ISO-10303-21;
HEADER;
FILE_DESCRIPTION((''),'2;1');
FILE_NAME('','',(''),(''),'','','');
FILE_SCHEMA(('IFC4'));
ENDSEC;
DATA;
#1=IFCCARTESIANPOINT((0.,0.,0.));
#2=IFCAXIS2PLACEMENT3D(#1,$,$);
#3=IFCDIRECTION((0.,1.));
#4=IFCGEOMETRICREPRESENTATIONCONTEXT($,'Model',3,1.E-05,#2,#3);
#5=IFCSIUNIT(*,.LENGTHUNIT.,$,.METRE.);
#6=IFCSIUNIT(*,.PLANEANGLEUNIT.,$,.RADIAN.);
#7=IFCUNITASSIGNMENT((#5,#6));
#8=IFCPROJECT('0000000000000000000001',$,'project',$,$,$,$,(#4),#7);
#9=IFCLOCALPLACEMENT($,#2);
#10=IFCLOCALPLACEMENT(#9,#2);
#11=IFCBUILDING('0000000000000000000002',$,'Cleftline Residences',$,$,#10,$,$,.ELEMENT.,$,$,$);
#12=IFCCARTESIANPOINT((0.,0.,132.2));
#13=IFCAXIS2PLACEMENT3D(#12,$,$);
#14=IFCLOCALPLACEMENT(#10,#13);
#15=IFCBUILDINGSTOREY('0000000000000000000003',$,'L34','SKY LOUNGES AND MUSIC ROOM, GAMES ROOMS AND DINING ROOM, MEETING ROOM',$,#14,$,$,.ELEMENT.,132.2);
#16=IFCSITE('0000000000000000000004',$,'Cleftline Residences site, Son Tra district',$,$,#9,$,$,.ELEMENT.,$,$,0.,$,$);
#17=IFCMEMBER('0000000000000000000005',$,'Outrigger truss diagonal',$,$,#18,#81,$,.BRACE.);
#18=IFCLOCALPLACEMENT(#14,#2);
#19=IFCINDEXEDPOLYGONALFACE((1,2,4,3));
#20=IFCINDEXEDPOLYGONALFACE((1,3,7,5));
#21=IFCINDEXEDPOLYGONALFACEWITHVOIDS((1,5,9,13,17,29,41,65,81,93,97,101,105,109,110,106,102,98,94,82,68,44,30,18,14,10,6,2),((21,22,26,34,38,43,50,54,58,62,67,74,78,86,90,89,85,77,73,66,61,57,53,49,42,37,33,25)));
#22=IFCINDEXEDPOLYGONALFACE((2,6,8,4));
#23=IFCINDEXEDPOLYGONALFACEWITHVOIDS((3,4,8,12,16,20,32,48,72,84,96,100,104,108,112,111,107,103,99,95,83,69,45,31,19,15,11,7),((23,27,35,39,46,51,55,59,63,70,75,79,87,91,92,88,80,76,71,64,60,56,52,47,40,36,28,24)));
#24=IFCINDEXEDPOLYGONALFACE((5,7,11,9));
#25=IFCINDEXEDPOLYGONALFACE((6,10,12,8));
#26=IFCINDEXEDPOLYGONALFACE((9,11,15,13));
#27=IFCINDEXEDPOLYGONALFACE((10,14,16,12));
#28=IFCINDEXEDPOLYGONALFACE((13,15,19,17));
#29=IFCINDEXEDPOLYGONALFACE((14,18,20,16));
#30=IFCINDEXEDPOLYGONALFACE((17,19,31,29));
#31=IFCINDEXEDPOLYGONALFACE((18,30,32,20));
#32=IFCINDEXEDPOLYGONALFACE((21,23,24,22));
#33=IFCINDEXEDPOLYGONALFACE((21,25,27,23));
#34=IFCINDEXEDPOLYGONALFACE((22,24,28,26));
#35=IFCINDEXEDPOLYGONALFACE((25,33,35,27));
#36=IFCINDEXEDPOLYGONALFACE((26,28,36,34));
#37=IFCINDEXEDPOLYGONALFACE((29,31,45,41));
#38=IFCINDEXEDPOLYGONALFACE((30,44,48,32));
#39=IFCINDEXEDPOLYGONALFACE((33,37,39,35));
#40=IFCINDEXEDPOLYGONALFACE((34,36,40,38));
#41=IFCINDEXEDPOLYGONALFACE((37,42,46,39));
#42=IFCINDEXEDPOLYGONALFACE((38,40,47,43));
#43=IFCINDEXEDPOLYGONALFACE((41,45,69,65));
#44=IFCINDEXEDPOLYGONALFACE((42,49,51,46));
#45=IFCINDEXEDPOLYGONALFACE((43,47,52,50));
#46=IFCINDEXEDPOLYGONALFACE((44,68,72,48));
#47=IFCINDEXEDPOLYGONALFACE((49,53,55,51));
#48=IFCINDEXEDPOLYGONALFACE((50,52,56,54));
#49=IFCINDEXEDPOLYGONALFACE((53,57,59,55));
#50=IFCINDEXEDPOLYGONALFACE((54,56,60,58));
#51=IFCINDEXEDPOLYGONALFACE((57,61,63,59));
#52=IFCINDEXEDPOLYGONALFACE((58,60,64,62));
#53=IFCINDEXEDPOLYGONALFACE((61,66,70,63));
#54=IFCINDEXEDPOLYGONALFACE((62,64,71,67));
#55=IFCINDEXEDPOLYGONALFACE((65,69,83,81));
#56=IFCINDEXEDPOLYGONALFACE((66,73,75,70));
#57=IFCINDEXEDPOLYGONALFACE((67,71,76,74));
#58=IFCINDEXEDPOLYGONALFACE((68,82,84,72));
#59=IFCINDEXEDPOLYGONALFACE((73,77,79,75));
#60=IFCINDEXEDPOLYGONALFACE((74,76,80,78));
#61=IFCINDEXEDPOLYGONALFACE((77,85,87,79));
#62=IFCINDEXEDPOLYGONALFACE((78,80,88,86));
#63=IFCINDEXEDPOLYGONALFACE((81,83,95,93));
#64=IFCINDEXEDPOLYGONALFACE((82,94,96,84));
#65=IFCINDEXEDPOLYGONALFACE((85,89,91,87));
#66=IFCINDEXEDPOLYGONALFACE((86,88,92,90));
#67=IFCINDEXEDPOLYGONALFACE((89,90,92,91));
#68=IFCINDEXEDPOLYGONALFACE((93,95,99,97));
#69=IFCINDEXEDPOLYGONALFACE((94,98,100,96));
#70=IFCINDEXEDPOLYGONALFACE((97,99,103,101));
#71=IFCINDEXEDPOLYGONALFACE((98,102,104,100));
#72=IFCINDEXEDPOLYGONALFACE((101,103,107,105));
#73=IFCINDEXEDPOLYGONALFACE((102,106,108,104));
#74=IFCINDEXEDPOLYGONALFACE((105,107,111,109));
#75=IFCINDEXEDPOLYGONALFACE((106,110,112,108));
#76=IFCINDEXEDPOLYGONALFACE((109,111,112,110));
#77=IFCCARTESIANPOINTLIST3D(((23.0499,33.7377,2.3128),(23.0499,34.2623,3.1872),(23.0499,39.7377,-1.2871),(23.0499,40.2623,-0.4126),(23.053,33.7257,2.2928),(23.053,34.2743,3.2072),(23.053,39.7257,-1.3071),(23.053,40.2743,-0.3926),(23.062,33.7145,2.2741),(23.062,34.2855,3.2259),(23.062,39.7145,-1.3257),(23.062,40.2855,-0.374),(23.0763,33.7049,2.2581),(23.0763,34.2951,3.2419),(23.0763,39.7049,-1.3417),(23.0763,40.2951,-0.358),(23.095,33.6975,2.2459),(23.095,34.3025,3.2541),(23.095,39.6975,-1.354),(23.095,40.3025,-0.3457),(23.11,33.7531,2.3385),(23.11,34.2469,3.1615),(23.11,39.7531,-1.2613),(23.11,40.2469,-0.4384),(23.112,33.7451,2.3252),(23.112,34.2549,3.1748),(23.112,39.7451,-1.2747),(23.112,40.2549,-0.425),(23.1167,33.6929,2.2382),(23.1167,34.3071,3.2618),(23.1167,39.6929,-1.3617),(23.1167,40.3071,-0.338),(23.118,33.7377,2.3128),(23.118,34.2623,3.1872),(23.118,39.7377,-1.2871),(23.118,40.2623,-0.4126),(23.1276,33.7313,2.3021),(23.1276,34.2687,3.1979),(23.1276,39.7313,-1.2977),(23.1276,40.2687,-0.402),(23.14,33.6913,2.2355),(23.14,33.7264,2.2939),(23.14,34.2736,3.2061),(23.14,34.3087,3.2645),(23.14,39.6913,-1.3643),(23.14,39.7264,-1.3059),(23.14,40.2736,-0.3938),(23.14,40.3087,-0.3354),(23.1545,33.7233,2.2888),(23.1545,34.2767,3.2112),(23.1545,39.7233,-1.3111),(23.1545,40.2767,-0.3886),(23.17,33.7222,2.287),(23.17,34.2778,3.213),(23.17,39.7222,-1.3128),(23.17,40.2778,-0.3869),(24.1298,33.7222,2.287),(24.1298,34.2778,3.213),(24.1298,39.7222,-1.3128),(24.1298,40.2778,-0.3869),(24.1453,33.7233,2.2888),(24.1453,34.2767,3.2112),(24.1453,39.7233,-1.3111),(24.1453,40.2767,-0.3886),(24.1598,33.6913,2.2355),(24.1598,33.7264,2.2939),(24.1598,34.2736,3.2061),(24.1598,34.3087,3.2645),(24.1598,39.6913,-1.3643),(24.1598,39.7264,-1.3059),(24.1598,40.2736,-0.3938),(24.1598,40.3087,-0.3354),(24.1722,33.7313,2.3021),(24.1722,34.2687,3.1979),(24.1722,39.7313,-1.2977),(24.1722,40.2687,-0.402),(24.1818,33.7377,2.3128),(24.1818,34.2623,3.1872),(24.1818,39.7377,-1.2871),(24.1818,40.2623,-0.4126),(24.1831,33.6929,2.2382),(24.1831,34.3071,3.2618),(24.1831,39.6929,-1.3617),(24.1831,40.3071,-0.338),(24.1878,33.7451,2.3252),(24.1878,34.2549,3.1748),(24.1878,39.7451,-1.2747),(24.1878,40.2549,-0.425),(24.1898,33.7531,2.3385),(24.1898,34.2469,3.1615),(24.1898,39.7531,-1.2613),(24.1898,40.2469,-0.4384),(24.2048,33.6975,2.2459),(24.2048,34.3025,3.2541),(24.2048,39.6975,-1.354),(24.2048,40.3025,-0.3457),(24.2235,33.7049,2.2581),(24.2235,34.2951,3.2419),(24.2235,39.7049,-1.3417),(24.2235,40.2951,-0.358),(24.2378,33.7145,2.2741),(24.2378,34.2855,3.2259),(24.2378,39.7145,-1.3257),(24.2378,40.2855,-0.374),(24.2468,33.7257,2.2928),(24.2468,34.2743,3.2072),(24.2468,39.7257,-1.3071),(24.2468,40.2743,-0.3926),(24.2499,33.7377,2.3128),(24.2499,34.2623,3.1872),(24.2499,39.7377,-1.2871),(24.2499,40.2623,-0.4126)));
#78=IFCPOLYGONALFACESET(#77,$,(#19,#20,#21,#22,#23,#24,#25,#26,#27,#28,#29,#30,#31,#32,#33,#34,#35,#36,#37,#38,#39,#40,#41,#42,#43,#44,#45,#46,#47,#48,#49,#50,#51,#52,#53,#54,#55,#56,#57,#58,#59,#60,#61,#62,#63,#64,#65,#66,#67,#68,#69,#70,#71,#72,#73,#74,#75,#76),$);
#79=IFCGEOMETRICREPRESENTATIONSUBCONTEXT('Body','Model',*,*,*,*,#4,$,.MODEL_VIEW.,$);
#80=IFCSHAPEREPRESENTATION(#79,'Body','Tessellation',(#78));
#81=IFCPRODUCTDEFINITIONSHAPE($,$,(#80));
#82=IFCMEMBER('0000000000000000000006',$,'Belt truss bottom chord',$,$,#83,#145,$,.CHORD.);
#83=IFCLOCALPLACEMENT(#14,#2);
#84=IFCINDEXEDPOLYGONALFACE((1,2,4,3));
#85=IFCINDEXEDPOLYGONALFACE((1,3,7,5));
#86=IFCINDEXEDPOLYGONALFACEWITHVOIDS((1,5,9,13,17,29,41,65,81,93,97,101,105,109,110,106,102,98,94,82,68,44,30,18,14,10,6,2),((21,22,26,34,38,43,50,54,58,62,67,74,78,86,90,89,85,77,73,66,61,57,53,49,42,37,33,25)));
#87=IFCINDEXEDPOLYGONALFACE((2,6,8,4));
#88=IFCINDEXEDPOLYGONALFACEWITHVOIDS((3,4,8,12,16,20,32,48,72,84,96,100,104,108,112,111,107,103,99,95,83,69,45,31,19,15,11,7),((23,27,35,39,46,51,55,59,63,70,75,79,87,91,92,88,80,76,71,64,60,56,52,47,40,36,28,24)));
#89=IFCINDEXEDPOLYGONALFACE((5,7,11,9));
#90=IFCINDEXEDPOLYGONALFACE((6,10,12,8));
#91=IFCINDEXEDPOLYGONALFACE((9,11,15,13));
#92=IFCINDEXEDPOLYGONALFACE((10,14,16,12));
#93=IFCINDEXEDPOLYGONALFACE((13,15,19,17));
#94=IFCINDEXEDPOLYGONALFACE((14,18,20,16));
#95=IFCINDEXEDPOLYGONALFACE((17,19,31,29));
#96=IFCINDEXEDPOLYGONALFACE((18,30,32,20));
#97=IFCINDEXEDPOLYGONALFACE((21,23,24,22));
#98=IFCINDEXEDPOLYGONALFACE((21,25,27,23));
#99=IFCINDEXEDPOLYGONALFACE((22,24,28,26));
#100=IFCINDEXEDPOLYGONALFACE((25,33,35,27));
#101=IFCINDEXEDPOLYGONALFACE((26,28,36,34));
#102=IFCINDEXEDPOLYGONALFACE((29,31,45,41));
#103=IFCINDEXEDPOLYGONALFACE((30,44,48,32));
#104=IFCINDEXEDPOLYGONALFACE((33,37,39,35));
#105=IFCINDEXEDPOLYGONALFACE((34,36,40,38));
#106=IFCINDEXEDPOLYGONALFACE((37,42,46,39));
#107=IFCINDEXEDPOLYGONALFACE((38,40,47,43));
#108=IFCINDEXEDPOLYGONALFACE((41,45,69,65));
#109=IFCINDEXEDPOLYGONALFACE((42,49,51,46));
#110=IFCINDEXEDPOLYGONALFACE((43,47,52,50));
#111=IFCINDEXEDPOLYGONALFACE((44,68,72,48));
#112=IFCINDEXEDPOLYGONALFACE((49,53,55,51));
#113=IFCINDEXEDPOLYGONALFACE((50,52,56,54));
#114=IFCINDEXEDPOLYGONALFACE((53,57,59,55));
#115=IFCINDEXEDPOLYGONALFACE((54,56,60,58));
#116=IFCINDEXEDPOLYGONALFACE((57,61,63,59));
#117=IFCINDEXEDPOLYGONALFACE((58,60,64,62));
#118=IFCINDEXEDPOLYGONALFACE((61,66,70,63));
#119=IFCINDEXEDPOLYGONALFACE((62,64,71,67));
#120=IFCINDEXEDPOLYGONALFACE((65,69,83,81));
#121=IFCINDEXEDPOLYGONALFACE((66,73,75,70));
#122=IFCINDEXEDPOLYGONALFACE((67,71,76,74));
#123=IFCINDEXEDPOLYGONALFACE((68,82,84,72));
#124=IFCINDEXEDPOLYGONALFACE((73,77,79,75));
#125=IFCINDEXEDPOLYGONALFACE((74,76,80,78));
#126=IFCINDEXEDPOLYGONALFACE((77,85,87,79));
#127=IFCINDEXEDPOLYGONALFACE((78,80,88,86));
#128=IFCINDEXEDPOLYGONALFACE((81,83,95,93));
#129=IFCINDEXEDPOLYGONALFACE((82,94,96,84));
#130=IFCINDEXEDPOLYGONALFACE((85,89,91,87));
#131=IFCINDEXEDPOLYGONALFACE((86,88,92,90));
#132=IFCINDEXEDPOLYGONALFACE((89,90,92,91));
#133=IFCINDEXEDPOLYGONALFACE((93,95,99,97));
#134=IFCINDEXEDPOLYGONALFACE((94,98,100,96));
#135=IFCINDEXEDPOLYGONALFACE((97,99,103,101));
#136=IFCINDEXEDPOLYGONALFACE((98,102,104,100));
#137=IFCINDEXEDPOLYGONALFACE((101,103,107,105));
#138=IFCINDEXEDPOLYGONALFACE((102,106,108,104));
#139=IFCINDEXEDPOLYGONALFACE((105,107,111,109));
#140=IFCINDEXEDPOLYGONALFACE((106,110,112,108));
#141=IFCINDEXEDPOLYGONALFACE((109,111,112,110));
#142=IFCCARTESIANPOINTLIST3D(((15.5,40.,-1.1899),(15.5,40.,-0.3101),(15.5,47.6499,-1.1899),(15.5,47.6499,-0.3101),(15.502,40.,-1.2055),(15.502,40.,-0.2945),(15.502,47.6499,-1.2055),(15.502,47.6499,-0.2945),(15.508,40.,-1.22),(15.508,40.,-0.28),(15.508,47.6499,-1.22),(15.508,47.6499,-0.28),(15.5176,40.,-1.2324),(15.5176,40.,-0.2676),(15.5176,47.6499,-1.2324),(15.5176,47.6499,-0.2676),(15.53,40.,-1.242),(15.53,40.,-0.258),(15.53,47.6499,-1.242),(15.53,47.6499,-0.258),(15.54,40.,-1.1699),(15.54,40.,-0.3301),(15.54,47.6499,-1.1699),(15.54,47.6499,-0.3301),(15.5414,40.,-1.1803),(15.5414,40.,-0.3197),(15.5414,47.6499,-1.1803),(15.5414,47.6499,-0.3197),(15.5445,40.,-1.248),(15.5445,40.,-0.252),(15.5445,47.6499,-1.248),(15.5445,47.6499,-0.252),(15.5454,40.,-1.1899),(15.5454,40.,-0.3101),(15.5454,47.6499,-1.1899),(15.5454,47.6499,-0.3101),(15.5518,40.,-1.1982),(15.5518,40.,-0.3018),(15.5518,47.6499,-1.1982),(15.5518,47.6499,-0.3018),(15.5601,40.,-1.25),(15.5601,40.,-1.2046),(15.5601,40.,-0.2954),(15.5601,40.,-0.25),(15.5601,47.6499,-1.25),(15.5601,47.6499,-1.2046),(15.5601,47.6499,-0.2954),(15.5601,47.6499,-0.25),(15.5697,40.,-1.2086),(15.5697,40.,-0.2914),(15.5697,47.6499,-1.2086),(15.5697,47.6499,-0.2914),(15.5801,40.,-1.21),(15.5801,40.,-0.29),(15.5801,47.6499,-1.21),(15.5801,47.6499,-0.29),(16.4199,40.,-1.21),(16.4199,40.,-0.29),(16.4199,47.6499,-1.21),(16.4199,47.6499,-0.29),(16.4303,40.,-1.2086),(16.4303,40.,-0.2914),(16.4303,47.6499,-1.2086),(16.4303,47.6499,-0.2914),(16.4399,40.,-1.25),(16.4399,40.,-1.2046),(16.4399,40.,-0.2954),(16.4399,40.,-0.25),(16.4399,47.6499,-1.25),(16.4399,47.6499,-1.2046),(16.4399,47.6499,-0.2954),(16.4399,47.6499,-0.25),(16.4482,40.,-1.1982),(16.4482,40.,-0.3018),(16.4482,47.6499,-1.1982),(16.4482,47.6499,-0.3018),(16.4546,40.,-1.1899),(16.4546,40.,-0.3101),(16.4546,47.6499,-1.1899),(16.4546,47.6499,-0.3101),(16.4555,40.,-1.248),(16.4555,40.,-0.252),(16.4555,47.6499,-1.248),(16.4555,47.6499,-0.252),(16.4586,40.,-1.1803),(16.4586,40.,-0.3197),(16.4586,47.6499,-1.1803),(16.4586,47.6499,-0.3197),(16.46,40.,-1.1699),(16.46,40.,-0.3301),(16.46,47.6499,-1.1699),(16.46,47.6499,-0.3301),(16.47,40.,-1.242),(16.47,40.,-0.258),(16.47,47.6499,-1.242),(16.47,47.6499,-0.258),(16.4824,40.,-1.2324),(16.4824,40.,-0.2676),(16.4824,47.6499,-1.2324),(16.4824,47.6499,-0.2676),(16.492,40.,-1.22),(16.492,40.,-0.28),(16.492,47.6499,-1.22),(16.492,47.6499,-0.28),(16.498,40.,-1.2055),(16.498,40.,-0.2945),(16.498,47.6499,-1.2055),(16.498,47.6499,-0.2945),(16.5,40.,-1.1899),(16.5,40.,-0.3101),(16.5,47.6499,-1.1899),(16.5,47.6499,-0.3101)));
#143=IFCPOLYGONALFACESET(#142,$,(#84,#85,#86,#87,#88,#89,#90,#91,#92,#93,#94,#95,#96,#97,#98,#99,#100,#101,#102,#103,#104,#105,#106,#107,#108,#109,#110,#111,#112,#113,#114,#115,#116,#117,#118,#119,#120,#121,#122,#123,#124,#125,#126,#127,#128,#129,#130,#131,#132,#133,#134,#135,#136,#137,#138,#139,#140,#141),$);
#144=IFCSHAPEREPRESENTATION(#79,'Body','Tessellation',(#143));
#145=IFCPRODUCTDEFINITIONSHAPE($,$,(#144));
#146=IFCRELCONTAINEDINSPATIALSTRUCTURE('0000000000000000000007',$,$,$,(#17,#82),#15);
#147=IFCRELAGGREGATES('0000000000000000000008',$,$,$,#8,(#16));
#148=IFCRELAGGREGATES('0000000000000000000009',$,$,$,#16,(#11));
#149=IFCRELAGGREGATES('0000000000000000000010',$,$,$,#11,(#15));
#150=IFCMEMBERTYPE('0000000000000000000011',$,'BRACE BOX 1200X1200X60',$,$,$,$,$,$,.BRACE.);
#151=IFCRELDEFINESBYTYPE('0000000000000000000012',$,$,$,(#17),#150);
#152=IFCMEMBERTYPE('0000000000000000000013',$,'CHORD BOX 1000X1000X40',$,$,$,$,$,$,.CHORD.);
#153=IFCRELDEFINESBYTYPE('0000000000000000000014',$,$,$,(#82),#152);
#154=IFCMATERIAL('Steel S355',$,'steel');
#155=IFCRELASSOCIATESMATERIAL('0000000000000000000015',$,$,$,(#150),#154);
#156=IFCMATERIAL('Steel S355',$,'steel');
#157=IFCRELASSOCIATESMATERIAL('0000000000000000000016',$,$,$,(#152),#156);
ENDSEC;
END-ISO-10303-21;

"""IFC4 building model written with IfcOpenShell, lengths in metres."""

from ifc_helpers import new_model, si_unit, direction, frame, origin, origin_2d, place, context, subcontext, project, spatial, hollow_rectangle, extrude, material, material_profile, profile_set, type_object, element, save


model = new_model("IFC4")

# Units and contexts
model_context = context("Model", 3, precision=1e-05, world=origin(), true_north=direction((0.0, 1.0)))
body_context = subcontext(model_context, "Body", "Model", "MODEL_VIEW")
ifc_project = project(units=[si_unit("LENGTHUNIT", "METRE"), si_unit("PLANEANGLEUNIT", "RADIAN")], contexts=[model_context])

# Site, building, storey
site_placement = place(None, origin())
site = spatial("IfcSite", under=ifc_project, at=site_placement, Name="Cleftline Residences site, Son Tra district", CompositionType="ELEMENT", RefElevation=0.0)
building_placement = place(site_placement, origin())
building = spatial("IfcBuilding", under=site, at=building_placement, Name="Cleftline Residences", CompositionType="ELEMENT")
storey_placement = place(building_placement, frame((0.0, 0.0, 132.2)))
storey = spatial("IfcBuildingStorey", under=building, at=storey_placement, Name="L34", Description="SKY LOUNGES AND MUSIC ROOM, GAMES ROOMS AND DINING ROOM, MEETING ROOM", CompositionType="ELEMENT", Elevation=132.2)

# Members
ifc_material_1 = material(Name="Steel S355", Category="steel")
ifc_material_profile_1 = material_profile(ifc_material_1, hollow_rectangle(XDim=1.2, YDim=1.2, WallThickness=0.0601, InnerFilletRadius=0.0601, OuterFilletRadius=0.0901, at=origin_2d()))
ifc_profile_set_1 = profile_set([ifc_material_profile_1], Name="Steel S355")
member_type_1 = type_object("IfcMemberType", Name="BRACE BOX 1200X1200X60", PredefinedType="BRACE", material=ifc_profile_set_1)
member_1_placement = place(storey_placement, frame((23.6499, 40.0, -0.8499), z_axis=(0.0, -0.857502, 0.51448), x_axis=(0.0, 0.51448, 0.857502)))
element("IfcMember", 1, at=member_1_placement, inside=storey, type_object=member_type_1, Name="Outrigger truss diagonal", PredefinedType="BRACE", context=body_context, shape_type="SweptSolid", body=[
    extrude(hollow_rectangle(XDim=1.2, YDim=1.2, WallThickness=0.0601, InnerFilletRadius=0.0601, OuterFilletRadius=0.0901, at=origin_2d()), origin(), (0.0, 0.0, 1.0), 6.9971),
])
ifc_material_2 = material(Name="Steel S355", Category="steel")
ifc_material_profile_2 = material_profile(ifc_material_2, hollow_rectangle(XDim=1.0, YDim=1.0, WallThickness=0.04, InnerFilletRadius=0.04, OuterFilletRadius=0.0601, at=origin_2d()))
ifc_profile_set_2 = profile_set([ifc_material_profile_2], Name="Steel S355")
member_type_2 = type_object("IfcMemberType", Name="CHORD BOX 1000X1000X40", PredefinedType="CHORD", material=ifc_profile_set_2)
for number, where, z_axis, x_axis, name in (
    (2, (16.0, 40.0, -0.75), (0.0, 1.0, 0.0), (-1.0, 0.0, 0.0), "Belt truss bottom chord"),
):
    element("IfcMember", number, at=place(storey_placement, frame(where, z_axis=z_axis, x_axis=x_axis)), inside=storey, type_object=member_type_2, Name=name, PredefinedType="CHORD", context=body_context, shape_type="SweptSolid", body=[
        extrude(hollow_rectangle(XDim=1.0, YDim=1.0, WallThickness=0.04, InnerFilletRadius=0.04, OuterFilletRadius=0.0601, at=origin_2d()), origin(), (0.0, 0.0, 1.0), 7.6499),
    ])

save(model, "model.ifc")
